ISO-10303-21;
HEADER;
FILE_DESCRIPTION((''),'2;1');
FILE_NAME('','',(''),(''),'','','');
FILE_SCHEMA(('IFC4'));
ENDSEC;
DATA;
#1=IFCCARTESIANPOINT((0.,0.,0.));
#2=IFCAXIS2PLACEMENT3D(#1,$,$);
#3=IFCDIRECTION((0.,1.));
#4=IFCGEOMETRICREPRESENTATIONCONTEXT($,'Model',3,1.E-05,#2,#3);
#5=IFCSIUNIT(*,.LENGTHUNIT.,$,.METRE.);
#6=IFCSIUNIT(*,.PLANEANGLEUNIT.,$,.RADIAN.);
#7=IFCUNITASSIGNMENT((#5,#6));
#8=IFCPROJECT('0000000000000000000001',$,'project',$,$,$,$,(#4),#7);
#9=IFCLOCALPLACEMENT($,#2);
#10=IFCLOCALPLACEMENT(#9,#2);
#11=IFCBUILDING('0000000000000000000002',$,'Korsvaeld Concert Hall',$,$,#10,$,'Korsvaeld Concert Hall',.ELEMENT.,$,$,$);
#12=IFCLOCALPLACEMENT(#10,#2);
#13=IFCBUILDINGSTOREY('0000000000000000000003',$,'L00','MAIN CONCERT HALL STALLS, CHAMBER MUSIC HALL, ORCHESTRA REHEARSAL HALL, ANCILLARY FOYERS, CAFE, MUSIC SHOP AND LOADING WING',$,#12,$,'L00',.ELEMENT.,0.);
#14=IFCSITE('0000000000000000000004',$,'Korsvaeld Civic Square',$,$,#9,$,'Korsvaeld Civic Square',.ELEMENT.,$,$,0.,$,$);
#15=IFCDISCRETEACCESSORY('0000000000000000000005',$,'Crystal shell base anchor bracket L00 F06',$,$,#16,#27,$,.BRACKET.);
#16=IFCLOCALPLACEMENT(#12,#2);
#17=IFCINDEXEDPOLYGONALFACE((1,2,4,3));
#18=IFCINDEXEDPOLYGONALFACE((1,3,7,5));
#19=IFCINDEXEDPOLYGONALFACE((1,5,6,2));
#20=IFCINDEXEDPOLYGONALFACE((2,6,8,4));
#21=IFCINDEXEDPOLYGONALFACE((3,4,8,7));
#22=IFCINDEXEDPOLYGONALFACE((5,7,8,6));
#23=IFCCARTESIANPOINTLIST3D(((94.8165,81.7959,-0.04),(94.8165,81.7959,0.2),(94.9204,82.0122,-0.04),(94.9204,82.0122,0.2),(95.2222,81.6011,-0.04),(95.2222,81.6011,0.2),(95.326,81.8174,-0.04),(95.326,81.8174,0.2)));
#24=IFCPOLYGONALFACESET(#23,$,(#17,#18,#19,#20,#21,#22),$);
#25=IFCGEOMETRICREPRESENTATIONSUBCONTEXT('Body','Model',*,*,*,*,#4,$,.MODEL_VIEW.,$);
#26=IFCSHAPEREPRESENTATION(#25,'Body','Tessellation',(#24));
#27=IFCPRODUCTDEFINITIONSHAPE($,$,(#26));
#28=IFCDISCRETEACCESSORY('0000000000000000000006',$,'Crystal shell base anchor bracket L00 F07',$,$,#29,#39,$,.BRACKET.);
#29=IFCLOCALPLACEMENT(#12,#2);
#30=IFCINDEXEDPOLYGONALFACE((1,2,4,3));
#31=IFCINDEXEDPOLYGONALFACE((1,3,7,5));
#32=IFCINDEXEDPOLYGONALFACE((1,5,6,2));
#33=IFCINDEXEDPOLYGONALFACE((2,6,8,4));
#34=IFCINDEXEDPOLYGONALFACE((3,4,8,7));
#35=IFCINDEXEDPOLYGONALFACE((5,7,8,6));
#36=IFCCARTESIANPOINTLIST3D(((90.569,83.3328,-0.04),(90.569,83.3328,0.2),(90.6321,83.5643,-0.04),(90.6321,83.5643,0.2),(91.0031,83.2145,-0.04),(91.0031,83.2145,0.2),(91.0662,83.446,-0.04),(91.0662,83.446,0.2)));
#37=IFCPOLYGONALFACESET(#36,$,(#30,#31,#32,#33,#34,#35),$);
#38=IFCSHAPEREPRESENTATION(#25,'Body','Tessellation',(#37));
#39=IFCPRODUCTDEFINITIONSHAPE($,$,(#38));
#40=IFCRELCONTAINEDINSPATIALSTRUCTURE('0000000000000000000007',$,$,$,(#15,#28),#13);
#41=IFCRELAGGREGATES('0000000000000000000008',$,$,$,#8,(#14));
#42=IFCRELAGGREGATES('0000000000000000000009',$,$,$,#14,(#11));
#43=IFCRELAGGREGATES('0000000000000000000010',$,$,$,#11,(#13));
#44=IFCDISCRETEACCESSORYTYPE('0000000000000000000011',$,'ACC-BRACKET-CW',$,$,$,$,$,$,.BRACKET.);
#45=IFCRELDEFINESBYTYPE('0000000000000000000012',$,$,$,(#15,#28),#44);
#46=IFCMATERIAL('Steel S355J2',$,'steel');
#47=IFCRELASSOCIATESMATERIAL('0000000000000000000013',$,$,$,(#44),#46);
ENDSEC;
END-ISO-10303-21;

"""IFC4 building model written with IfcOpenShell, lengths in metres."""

from ifc_helpers import new_model, si_unit, direction, frame, origin, origin_2d, place, context, subcontext, project, spatial, rectangle, extrude, material, type_object, element, save


model = new_model("IFC4")

# Units and contexts
model_context = context("Model", 3, precision=1e-05, world=origin(), true_north=direction((0.0, 1.0)))
body_context = subcontext(model_context, "Body", "Model", "MODEL_VIEW")
ifc_project = project(units=[si_unit("LENGTHUNIT", "METRE"), si_unit("PLANEANGLEUNIT", "RADIAN")], contexts=[model_context])

# Site, building, storey
site_placement = place(None, origin())
site = spatial("IfcSite", under=ifc_project, at=site_placement, Name="Korsvaeld Civic Square", LongName="Korsvaeld Civic Square", CompositionType="ELEMENT", RefElevation=0.0)
building_placement = place(site_placement, origin())
building = spatial("IfcBuilding", under=site, at=building_placement, Name="Korsvaeld Concert Hall", LongName="Korsvaeld Concert Hall", CompositionType="ELEMENT")
storey_placement = place(building_placement, origin())
storey = spatial("IfcBuildingStorey", under=building, at=storey_placement, Name="L00", Description="MAIN CONCERT HALL STALLS, CHAMBER MUSIC HALL, ORCHESTRA REHEARSAL HALL, ANCILLARY FOYERS, CAFE, MUSIC SHOP AND LOADING WING", LongName="L00", CompositionType="ELEMENT", Elevation=0.0)

# Shared definitions
ifc_material_1 = material(Name="Steel S355J2", Category="steel")

# Discrete accessories
discrete_accessory_type = type_object("IfcDiscreteAccessoryType", Name="ACC-BRACKET-CW", PredefinedType="BRACKET", material=ifc_material_1)
for number, where, z_axis, x_axis, name in (
    (1, (95.0713, 81.8066, -0.04), (0.0, 0.0, 1.0), (-0.901455, 0.432873, 0.0), "Crystal shell base anchor bracket L00 F06"),
    (2, (90.8176, 83.3894, -0.04), (0.0, 0.0, 1.0), (-0.964833, 0.262863, 0.0), "Crystal shell base anchor bracket L00 F07"),
):
    element("IfcDiscreteAccessory", number, at=place(storey_placement, frame(where, z_axis=z_axis, x_axis=x_axis)), inside=storey, type_object=discrete_accessory_type, Name=name, PredefinedType="BRACKET", context=body_context, shape_type="SweptSolid", body=[
        extrude(rectangle(XDim=0.45, YDim=0.24, at=origin_2d()), origin(), (0.0, 0.0, 1.0), 0.24),
    ])

save(model, "model.ifc")
